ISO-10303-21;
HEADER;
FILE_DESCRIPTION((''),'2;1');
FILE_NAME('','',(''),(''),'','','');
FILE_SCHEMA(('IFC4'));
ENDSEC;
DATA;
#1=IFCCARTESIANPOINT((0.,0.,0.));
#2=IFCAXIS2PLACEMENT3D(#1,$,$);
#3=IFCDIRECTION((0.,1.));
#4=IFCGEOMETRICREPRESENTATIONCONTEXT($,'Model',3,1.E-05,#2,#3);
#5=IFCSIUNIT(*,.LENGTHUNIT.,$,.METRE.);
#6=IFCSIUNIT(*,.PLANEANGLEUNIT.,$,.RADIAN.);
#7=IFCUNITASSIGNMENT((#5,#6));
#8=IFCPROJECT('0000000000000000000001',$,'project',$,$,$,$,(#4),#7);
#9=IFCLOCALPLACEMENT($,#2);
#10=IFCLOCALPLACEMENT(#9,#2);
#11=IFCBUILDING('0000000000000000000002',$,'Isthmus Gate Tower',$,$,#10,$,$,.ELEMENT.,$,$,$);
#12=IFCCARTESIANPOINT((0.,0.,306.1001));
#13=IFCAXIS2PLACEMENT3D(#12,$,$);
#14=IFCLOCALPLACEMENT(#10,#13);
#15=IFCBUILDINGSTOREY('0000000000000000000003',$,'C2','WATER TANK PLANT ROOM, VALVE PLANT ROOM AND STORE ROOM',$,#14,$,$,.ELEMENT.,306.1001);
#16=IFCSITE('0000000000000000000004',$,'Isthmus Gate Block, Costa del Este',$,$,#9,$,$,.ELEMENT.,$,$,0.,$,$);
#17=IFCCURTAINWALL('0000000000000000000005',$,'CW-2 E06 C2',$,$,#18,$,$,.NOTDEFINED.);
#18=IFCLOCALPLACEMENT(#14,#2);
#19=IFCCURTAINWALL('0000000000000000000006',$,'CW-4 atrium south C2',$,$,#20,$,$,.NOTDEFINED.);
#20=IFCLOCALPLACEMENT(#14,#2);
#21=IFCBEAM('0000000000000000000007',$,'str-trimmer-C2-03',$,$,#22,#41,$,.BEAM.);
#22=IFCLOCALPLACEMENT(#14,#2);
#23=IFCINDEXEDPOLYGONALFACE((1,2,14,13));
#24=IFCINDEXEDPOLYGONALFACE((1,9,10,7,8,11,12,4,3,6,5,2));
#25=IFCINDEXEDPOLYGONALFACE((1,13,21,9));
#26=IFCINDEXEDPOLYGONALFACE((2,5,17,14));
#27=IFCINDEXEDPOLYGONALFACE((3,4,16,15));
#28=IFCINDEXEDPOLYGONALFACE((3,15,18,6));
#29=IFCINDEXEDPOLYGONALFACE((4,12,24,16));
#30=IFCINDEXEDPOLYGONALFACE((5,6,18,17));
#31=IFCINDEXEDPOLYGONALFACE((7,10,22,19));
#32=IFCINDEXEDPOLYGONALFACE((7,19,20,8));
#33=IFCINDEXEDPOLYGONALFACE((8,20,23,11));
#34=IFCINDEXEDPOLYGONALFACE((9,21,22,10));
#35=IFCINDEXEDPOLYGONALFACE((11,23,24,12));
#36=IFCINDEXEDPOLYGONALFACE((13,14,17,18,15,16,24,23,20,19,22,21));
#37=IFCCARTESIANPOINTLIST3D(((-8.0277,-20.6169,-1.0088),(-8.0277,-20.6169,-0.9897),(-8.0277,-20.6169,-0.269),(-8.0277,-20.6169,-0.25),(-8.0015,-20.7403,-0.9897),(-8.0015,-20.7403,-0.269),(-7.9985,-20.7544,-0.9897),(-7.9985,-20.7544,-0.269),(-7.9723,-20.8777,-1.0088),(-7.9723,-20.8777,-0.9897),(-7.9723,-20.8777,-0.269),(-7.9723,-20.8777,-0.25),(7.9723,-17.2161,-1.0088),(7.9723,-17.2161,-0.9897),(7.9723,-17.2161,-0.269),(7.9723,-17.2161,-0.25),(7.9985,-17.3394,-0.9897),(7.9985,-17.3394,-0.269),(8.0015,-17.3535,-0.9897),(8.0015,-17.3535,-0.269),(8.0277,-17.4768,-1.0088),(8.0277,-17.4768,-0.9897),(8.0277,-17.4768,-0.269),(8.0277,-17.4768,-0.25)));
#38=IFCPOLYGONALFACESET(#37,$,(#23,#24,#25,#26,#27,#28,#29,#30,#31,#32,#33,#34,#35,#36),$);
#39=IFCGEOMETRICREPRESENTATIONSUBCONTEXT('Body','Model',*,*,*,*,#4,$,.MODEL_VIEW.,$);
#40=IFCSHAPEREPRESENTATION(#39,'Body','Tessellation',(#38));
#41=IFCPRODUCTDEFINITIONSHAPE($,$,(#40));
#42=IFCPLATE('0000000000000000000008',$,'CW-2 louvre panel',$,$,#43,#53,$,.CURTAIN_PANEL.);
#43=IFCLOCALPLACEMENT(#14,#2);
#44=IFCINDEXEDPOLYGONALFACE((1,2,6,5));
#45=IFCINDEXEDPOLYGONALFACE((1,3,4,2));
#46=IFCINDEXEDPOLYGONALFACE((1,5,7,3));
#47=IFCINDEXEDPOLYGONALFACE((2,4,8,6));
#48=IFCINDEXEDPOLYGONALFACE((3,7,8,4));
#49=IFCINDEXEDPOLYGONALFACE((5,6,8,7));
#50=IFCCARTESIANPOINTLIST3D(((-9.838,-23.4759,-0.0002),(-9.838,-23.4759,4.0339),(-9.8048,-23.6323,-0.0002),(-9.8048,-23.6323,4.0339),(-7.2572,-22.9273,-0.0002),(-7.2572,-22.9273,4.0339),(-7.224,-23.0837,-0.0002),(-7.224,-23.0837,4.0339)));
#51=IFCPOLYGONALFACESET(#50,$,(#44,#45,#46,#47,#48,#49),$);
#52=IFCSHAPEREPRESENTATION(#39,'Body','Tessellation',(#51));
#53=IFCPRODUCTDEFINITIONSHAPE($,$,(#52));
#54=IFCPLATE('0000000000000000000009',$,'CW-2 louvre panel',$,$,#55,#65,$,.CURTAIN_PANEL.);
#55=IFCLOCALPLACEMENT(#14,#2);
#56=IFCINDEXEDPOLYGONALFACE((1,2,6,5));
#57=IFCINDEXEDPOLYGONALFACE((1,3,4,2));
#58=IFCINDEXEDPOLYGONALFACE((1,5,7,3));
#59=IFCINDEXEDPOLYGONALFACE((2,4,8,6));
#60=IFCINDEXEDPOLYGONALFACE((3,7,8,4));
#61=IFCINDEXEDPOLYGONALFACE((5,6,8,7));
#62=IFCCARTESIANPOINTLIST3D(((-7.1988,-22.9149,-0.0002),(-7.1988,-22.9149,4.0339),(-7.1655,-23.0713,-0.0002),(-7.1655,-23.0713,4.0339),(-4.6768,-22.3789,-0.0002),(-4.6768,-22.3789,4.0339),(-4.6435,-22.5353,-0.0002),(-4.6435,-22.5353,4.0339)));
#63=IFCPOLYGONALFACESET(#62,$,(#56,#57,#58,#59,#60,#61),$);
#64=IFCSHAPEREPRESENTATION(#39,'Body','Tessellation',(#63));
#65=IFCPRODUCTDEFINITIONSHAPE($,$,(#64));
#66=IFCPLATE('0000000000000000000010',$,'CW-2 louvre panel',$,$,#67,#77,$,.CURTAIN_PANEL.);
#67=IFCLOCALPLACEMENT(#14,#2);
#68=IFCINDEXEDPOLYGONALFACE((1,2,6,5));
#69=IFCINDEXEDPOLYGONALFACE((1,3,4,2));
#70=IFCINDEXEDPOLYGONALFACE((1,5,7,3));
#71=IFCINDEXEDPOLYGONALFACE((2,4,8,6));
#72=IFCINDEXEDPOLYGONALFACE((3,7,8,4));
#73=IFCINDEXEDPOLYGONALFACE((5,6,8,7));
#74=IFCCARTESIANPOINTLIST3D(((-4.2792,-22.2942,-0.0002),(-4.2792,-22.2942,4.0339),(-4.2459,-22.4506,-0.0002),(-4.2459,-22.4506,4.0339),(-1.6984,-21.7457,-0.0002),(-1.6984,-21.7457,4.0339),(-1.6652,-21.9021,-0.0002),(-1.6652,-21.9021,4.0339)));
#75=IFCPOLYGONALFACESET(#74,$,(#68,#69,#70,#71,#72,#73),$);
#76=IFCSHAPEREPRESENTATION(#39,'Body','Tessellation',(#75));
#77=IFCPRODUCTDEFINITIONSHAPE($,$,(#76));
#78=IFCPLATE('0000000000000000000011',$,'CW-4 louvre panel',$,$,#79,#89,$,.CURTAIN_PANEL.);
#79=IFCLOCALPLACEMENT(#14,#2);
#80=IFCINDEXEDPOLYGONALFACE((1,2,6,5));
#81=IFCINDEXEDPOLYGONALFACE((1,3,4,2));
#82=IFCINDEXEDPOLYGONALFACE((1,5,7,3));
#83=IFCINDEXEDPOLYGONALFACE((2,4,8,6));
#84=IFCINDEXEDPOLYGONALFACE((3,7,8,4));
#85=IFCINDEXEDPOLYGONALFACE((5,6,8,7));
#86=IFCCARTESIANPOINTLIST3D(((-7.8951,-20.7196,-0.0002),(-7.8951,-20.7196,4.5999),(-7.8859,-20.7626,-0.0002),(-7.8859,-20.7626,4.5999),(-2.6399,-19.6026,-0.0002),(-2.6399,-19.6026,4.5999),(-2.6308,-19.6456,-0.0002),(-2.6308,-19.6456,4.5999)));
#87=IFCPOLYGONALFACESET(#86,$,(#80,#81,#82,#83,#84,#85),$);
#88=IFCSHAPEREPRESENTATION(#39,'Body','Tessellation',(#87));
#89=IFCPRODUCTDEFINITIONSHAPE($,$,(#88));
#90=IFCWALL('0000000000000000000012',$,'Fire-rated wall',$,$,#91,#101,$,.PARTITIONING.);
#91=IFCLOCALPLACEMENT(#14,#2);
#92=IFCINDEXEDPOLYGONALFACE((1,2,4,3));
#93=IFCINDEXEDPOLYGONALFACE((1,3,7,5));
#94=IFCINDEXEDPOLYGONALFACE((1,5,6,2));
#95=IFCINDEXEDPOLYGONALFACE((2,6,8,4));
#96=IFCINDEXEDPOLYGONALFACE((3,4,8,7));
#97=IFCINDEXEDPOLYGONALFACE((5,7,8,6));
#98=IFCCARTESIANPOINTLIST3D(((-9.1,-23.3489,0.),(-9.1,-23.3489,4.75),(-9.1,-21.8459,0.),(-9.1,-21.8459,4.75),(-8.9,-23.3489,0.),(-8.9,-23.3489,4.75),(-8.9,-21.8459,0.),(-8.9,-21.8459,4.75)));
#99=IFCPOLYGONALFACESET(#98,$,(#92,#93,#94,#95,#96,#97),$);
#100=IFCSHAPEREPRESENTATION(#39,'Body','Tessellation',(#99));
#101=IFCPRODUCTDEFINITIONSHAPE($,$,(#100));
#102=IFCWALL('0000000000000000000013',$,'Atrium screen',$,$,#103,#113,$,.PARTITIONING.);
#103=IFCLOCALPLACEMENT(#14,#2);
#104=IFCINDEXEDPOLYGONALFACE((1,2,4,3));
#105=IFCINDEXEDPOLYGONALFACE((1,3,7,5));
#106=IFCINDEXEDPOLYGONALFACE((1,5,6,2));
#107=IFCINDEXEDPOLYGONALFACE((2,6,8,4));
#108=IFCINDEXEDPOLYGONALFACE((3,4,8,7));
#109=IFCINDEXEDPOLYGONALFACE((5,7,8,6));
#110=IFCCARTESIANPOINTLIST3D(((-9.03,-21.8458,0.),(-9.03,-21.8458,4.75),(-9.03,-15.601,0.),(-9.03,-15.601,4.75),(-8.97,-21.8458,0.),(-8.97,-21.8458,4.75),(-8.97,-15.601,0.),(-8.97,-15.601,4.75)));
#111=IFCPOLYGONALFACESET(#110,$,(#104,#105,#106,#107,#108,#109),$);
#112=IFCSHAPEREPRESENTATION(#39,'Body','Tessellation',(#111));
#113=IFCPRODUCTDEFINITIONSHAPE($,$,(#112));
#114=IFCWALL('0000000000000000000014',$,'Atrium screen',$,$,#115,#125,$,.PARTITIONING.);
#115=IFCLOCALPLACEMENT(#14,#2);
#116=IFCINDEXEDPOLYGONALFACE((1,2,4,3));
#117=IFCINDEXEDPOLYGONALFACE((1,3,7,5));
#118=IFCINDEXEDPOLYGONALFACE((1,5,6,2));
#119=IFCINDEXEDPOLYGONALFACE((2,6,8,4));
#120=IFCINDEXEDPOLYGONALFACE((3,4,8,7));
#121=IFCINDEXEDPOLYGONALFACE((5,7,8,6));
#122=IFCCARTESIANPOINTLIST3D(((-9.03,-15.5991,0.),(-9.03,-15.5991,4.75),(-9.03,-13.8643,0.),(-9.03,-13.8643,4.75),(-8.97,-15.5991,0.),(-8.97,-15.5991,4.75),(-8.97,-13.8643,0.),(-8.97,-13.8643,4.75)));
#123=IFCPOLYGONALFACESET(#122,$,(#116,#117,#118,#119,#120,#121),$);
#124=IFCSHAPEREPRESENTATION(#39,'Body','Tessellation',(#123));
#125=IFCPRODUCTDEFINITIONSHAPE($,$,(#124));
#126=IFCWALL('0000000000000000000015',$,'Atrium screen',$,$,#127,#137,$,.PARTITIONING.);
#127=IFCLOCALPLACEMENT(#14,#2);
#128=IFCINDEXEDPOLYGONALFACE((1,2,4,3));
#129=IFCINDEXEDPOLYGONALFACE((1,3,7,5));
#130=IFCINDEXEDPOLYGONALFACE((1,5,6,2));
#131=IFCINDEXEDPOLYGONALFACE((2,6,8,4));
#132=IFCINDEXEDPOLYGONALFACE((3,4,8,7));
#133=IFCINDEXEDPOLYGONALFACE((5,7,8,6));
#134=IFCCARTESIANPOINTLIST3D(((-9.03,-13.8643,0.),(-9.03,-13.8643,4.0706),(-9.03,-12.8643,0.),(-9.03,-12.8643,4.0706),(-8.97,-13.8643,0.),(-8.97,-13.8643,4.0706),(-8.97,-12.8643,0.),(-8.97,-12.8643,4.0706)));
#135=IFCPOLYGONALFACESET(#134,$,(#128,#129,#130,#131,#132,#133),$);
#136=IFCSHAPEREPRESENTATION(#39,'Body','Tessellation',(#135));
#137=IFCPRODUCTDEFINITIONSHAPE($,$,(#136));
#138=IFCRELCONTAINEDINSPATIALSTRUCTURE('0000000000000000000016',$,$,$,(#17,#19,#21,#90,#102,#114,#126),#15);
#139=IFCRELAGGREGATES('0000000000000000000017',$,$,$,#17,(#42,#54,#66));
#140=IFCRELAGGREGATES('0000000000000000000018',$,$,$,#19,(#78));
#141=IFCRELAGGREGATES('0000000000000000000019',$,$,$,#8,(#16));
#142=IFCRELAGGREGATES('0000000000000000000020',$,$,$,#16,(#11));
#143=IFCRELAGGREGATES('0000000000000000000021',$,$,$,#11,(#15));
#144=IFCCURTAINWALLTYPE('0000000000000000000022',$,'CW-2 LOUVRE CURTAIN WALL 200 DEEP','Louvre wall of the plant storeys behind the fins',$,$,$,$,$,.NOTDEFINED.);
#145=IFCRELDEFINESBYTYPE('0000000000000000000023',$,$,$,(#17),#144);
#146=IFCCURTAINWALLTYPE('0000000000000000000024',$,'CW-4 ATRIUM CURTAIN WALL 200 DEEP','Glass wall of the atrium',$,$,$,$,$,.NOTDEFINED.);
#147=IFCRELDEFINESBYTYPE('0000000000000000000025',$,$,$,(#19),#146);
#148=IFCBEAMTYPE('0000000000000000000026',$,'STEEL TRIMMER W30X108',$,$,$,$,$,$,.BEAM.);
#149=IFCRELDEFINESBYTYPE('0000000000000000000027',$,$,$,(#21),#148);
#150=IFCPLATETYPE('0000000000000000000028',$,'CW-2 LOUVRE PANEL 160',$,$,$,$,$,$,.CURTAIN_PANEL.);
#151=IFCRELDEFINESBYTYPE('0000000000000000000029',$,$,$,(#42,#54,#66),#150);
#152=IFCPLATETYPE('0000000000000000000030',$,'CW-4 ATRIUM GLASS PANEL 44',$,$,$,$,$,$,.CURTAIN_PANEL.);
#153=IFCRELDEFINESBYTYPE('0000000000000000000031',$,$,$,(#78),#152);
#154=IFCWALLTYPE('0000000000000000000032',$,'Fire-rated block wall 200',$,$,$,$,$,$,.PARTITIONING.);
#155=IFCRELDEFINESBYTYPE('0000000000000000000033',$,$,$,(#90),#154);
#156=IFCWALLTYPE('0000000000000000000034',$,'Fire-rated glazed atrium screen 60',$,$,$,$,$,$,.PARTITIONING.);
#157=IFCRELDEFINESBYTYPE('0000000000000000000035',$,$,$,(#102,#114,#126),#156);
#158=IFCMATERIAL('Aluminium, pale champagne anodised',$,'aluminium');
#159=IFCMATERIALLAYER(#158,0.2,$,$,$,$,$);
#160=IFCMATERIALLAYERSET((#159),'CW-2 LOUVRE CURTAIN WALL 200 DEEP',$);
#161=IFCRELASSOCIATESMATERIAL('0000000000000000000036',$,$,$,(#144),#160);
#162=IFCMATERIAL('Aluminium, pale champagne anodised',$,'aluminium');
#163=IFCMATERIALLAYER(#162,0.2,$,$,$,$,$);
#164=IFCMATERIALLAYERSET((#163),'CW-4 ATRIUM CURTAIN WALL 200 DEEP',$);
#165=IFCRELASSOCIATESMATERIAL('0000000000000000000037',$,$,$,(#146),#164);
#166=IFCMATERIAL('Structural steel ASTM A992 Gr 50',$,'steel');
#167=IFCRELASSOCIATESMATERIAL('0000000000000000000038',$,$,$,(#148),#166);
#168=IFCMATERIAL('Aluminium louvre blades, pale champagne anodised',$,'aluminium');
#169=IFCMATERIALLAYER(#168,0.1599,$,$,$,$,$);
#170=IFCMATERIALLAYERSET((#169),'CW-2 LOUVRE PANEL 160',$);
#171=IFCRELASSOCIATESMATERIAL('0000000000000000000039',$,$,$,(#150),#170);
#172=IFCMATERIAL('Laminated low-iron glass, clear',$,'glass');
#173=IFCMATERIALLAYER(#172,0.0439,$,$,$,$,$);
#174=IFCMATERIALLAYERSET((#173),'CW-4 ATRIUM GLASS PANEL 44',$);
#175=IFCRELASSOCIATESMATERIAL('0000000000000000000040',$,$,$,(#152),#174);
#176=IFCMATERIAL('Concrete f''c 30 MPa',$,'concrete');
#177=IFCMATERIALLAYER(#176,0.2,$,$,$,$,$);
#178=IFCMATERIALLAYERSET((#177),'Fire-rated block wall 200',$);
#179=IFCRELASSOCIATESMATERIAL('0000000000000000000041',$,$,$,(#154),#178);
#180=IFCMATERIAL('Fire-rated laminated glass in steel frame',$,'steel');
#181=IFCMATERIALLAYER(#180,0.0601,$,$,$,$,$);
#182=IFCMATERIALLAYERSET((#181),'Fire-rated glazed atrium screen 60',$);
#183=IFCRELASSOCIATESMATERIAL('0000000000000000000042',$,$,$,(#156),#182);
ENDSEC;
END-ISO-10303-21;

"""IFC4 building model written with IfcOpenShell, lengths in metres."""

from ifc_helpers import new_model, si_unit, direction, frame, frame_2d, origin, origin_2d, place, context, subcontext, project, spatial, rectangle, i_section, extrude, material, layer, layer_set, material_profile, profile_set, type_object, element, aggregate, save


model = new_model("IFC4")

# Units and contexts
model_context = context("Model", 3, precision=1e-05, world=origin(), true_north=direction((0.0, 1.0)))
body_context = subcontext(model_context, "Body", "Model", "MODEL_VIEW")
ifc_project = project(units=[si_unit("LENGTHUNIT", "METRE"), si_unit("PLANEANGLEUNIT", "RADIAN")], contexts=[model_context])

# Site, building, storey
site_placement = place(None, origin())
site = spatial("IfcSite", under=ifc_project, at=site_placement, Name="Isthmus Gate Block, Costa del Este", CompositionType="ELEMENT", RefElevation=0.0)
building_placement = place(site_placement, origin())
building = spatial("IfcBuilding", under=site, at=building_placement, Name="Isthmus Gate Tower", CompositionType="ELEMENT")
storey_placement = place(building_placement, frame((0.0, 0.0, 306.1001)))
storey = spatial("IfcBuildingStorey", under=building, at=storey_placement, Name="C2", Description="WATER TANK PLANT ROOM, VALVE PLANT ROOM AND STORE ROOM", CompositionType="ELEMENT", Elevation=306.1001)

# Curtain walls
ifc_material_1 = material(Name="Aluminium, pale champagne anodised", Category="aluminium")
ifc_layer_1 = layer(ifc_material_1, 0.2)
ifc_layer_set_1 = layer_set([ifc_layer_1], Name="CW-2 LOUVRE CURTAIN WALL 200 DEEP")
curtain_wall_type_1 = type_object("IfcCurtainWallType", Name="CW-2 LOUVRE CURTAIN WALL 200 DEEP", Description="Louvre wall of the plant storeys behind the fins", PredefinedType="NOTDEFINED", material=ifc_layer_set_1)
curtain_wall_1_placement = place(storey_placement, origin())
curtain_wall_1 = element("IfcCurtainWall", 1, at=curtain_wall_1_placement, inside=storey, type_object=curtain_wall_type_1, Name="CW-2 E06 C2", PredefinedType="NOTDEFINED")
ifc_material_2 = material(Name="Aluminium, pale champagne anodised", Category="aluminium")
ifc_layer_2 = layer(ifc_material_2, 0.2)
ifc_layer_set_2 = layer_set([ifc_layer_2], Name="CW-4 ATRIUM CURTAIN WALL 200 DEEP")
curtain_wall_type_2 = type_object("IfcCurtainWallType", Name="CW-4 ATRIUM CURTAIN WALL 200 DEEP", Description="Glass wall of the atrium", PredefinedType="NOTDEFINED", material=ifc_layer_set_2)
curtain_wall_2_placement = place(storey_placement, origin())
curtain_wall_2 = element("IfcCurtainWall", 2, at=curtain_wall_2_placement, inside=storey, type_object=curtain_wall_type_2, Name="CW-4 atrium south C2", PredefinedType="NOTDEFINED")

# Beam
ifc_material_3 = material(Name="Structural steel ASTM A992 Gr 50", Category="steel")
ifc_material_profile_1 = material_profile(ifc_material_3, i_section(OverallWidth=0.2666, OverallDepth=0.7588, WebThickness=0.0144, FlangeThickness=0.019, at=origin_2d()), Name="W30X108")
ifc_profile_set_1 = profile_set([ifc_material_profile_1], Name="Structural steel ASTM A992 Gr 50")
beam_type_1 = type_object("IfcBeamType", Name="STEEL TRIMMER W30X108", PredefinedType="BEAM", material=ifc_profile_set_1)
beam_1_placement = place(storey_placement, frame((-8.0, -20.7473, -0.6294), z_axis=(0.978148, 0.20791, 0.0), x_axis=(-0.20791, 0.978148, 0.0)))
element("IfcBeam", 3, at=beam_1_placement, inside=storey, type_object=beam_type_1, Name="str-trimmer-C2-03", PredefinedType="BEAM", context=body_context, shape_type="SweptSolid", body=[
    extrude(i_section(OverallWidth=0.2666, OverallDepth=0.7588, WebThickness=0.0144, FlangeThickness=0.019, at=origin_2d()), origin(), (0.0, 0.0, 1.0), 16.3574),
])

# Plates
ifc_material_4 = material(Name="Aluminium louvre blades, pale champagne anodised", Category="aluminium")
ifc_layer_3 = layer(ifc_material_4, 0.1599)
ifc_layer_set_3 = layer_set([ifc_layer_3], Name="CW-2 LOUVRE PANEL 160")
plate_type_1 = type_object("IfcPlateType", Name="CW-2 LOUVRE PANEL 160", PredefinedType="CURTAIN_PANEL", material=ifc_layer_set_3)
plate_1_placement = place(storey_placement, frame((-8.531, -23.2798, -0.0002), z_axis=(0.0, 0.0, 1.0), x_axis=(0.978148, 0.207912, 0.0)))
plate_1 = element("IfcPlate", 4, at=plate_1_placement, type_object=plate_type_1, Name="CW-2 louvre panel", PredefinedType="CURTAIN_PANEL", context=body_context, shape_type="SweptSolid", body=[
    extrude(rectangle(XDim=2.6384, YDim=0.1599, at=origin_2d()), origin(), (0.0, 0.0, 1.0), 4.0342),
])
plate_2_placement = place(storey_placement, frame((-5.9211, -22.7251, -0.0002), z_axis=(0.0, 0.0, 1.0), x_axis=(0.978148, 0.207912, 0.0)))
plate_2 = element("IfcPlate", 5, at=plate_2_placement, type_object=plate_type_1, Name="CW-2 louvre panel", PredefinedType="CURTAIN_PANEL", context=body_context, shape_type="SweptSolid", body=[
    extrude(rectangle(XDim=2.5784, YDim=0.1599, at=origin_2d()), origin(), (0.0, 0.0, 1.0), 4.0342),
])
plate_3_placement = place(storey_placement, frame((-2.9722, -22.0981, -0.0002), z_axis=(0.0, 0.0, 1.0), x_axis=(0.978148, 0.207912, 0.0)))
plate_3 = element("IfcPlate", 6, at=plate_3_placement, type_object=plate_type_1, Name="CW-2 louvre panel", PredefinedType="CURTAIN_PANEL", context=body_context, shape_type="SweptSolid", body=[
    extrude(rectangle(XDim=2.6384, YDim=0.1599, at=origin_2d()), origin(), (0.0, 0.0, 1.0), 4.0342),
])
aggregate(curtain_wall_1, [plate_1, plate_2, plate_3])
ifc_material_5 = material(Name="Laminated low-iron glass, clear", Category="glass")
ifc_layer_4 = layer(ifc_material_5, 0.0439)
ifc_layer_set_4 = layer_set([ifc_layer_4], Name="CW-4 ATRIUM GLASS PANEL 44")
plate_type_2 = type_object("IfcPlateType", Name="CW-4 ATRIUM GLASS PANEL 44", PredefinedType="CURTAIN_PANEL", material=ifc_layer_set_4)
plate_4_placement = place(storey_placement, frame((-5.2629, -20.1826, -0.0002), z_axis=(0.0, 0.0, 1.0), x_axis=(0.978148, 0.207912, 0.0)))
plate_4 = element("IfcPlate", 7, at=plate_4_placement, type_object=plate_type_2, Name="CW-4 louvre panel", PredefinedType="CURTAIN_PANEL", context=body_context, shape_type="SweptSolid", body=[
    extrude(rectangle(XDim=5.3726, YDim=0.0439, at=origin_2d()), origin(), (0.0, 0.0, 1.0), 4.6001),
])
aggregate(curtain_wall_2, [plate_4])

# Walls
ifc_material_6 = material(Name="Concrete f'c 30 MPa", Category="concrete")
ifc_layer_5 = layer(ifc_material_6, 0.2)
ifc_layer_set_5 = layer_set([ifc_layer_5], Name="Fire-rated block wall 200")
wall_type_1 = type_object("IfcWallType", Name="Fire-rated block wall 200", PredefinedType="PARTITIONING", material=ifc_layer_set_5)
wall_1_placement = place(storey_placement, frame((-9.0, -23.3489, 0.0), z_axis=(0.0, 0.0, 1.0), x_axis=(0.0, 1.0, 0.0)))
element("IfcWall", 8, at=wall_1_placement, inside=storey, type_object=wall_type_1, Name="Fire-rated wall", PredefinedType="PARTITIONING", context=body_context, shape_type="SweptSolid", body=[
    extrude(rectangle(XDim=1.5029, YDim=0.2, at=frame_2d((0.7515, 0.0))), origin(), (0.0, 0.0, 1.0), 4.75),
])
ifc_material_7 = material(Name="Fire-rated laminated glass in steel frame", Category="steel")
ifc_layer_6 = layer(ifc_material_7, 0.0601)
ifc_layer_set_6 = layer_set([ifc_layer_6], Name="Fire-rated glazed atrium screen 60")
wall_type_2 = type_object("IfcWallType", Name="Fire-rated glazed atrium screen 60", PredefinedType="PARTITIONING", material=ifc_layer_set_6)
wall_2_placement = place(storey_placement, frame((-9.0, -21.8459, 0.0), z_axis=(0.0, 0.0, 1.0), x_axis=(0.0, 1.0, 0.0)))
element("IfcWall", 9, at=wall_2_placement, inside=storey, type_object=wall_type_2, Name="Atrium screen", PredefinedType="PARTITIONING", context=body_context, shape_type="SweptSolid", body=[
    extrude(rectangle(XDim=6.2449, YDim=0.0601, at=frame_2d((3.1226, 0.0))), origin(), (0.0, 0.0, 1.0), 4.75),
])
wall_3_placement = place(storey_placement, frame((-9.0, -15.5991, 0.0), z_axis=(0.0, 0.0, 1.0), x_axis=(0.0, 1.0, 0.0)))
element("IfcWall", 10, at=wall_3_placement, inside=storey, type_object=wall_type_2, Name="Atrium screen", PredefinedType="PARTITIONING", context=body_context, shape_type="SweptSolid", body=[
    extrude(rectangle(XDim=1.7349, YDim=0.0601, at=frame_2d((0.8674, 0.0))), origin(), (0.0, 0.0, 1.0), 4.75),
])
wall_4_placement = place(storey_placement, frame((-9.0, -13.8643, 0.0), z_axis=(0.0, 0.0, 1.0), x_axis=(0.0, 1.0, 0.0)))
element("IfcWall", 11, at=wall_4_placement, inside=storey, type_object=wall_type_2, Name="Atrium screen", PredefinedType="PARTITIONING", context=body_context, shape_type="SweptSolid", body=[
    extrude(rectangle(XDim=1.0, YDim=0.0601, at=frame_2d((0.5, 0.0))), origin(), (0.0, 0.0, 1.0), 4.0706),
])

save(model, "model.ifc")
